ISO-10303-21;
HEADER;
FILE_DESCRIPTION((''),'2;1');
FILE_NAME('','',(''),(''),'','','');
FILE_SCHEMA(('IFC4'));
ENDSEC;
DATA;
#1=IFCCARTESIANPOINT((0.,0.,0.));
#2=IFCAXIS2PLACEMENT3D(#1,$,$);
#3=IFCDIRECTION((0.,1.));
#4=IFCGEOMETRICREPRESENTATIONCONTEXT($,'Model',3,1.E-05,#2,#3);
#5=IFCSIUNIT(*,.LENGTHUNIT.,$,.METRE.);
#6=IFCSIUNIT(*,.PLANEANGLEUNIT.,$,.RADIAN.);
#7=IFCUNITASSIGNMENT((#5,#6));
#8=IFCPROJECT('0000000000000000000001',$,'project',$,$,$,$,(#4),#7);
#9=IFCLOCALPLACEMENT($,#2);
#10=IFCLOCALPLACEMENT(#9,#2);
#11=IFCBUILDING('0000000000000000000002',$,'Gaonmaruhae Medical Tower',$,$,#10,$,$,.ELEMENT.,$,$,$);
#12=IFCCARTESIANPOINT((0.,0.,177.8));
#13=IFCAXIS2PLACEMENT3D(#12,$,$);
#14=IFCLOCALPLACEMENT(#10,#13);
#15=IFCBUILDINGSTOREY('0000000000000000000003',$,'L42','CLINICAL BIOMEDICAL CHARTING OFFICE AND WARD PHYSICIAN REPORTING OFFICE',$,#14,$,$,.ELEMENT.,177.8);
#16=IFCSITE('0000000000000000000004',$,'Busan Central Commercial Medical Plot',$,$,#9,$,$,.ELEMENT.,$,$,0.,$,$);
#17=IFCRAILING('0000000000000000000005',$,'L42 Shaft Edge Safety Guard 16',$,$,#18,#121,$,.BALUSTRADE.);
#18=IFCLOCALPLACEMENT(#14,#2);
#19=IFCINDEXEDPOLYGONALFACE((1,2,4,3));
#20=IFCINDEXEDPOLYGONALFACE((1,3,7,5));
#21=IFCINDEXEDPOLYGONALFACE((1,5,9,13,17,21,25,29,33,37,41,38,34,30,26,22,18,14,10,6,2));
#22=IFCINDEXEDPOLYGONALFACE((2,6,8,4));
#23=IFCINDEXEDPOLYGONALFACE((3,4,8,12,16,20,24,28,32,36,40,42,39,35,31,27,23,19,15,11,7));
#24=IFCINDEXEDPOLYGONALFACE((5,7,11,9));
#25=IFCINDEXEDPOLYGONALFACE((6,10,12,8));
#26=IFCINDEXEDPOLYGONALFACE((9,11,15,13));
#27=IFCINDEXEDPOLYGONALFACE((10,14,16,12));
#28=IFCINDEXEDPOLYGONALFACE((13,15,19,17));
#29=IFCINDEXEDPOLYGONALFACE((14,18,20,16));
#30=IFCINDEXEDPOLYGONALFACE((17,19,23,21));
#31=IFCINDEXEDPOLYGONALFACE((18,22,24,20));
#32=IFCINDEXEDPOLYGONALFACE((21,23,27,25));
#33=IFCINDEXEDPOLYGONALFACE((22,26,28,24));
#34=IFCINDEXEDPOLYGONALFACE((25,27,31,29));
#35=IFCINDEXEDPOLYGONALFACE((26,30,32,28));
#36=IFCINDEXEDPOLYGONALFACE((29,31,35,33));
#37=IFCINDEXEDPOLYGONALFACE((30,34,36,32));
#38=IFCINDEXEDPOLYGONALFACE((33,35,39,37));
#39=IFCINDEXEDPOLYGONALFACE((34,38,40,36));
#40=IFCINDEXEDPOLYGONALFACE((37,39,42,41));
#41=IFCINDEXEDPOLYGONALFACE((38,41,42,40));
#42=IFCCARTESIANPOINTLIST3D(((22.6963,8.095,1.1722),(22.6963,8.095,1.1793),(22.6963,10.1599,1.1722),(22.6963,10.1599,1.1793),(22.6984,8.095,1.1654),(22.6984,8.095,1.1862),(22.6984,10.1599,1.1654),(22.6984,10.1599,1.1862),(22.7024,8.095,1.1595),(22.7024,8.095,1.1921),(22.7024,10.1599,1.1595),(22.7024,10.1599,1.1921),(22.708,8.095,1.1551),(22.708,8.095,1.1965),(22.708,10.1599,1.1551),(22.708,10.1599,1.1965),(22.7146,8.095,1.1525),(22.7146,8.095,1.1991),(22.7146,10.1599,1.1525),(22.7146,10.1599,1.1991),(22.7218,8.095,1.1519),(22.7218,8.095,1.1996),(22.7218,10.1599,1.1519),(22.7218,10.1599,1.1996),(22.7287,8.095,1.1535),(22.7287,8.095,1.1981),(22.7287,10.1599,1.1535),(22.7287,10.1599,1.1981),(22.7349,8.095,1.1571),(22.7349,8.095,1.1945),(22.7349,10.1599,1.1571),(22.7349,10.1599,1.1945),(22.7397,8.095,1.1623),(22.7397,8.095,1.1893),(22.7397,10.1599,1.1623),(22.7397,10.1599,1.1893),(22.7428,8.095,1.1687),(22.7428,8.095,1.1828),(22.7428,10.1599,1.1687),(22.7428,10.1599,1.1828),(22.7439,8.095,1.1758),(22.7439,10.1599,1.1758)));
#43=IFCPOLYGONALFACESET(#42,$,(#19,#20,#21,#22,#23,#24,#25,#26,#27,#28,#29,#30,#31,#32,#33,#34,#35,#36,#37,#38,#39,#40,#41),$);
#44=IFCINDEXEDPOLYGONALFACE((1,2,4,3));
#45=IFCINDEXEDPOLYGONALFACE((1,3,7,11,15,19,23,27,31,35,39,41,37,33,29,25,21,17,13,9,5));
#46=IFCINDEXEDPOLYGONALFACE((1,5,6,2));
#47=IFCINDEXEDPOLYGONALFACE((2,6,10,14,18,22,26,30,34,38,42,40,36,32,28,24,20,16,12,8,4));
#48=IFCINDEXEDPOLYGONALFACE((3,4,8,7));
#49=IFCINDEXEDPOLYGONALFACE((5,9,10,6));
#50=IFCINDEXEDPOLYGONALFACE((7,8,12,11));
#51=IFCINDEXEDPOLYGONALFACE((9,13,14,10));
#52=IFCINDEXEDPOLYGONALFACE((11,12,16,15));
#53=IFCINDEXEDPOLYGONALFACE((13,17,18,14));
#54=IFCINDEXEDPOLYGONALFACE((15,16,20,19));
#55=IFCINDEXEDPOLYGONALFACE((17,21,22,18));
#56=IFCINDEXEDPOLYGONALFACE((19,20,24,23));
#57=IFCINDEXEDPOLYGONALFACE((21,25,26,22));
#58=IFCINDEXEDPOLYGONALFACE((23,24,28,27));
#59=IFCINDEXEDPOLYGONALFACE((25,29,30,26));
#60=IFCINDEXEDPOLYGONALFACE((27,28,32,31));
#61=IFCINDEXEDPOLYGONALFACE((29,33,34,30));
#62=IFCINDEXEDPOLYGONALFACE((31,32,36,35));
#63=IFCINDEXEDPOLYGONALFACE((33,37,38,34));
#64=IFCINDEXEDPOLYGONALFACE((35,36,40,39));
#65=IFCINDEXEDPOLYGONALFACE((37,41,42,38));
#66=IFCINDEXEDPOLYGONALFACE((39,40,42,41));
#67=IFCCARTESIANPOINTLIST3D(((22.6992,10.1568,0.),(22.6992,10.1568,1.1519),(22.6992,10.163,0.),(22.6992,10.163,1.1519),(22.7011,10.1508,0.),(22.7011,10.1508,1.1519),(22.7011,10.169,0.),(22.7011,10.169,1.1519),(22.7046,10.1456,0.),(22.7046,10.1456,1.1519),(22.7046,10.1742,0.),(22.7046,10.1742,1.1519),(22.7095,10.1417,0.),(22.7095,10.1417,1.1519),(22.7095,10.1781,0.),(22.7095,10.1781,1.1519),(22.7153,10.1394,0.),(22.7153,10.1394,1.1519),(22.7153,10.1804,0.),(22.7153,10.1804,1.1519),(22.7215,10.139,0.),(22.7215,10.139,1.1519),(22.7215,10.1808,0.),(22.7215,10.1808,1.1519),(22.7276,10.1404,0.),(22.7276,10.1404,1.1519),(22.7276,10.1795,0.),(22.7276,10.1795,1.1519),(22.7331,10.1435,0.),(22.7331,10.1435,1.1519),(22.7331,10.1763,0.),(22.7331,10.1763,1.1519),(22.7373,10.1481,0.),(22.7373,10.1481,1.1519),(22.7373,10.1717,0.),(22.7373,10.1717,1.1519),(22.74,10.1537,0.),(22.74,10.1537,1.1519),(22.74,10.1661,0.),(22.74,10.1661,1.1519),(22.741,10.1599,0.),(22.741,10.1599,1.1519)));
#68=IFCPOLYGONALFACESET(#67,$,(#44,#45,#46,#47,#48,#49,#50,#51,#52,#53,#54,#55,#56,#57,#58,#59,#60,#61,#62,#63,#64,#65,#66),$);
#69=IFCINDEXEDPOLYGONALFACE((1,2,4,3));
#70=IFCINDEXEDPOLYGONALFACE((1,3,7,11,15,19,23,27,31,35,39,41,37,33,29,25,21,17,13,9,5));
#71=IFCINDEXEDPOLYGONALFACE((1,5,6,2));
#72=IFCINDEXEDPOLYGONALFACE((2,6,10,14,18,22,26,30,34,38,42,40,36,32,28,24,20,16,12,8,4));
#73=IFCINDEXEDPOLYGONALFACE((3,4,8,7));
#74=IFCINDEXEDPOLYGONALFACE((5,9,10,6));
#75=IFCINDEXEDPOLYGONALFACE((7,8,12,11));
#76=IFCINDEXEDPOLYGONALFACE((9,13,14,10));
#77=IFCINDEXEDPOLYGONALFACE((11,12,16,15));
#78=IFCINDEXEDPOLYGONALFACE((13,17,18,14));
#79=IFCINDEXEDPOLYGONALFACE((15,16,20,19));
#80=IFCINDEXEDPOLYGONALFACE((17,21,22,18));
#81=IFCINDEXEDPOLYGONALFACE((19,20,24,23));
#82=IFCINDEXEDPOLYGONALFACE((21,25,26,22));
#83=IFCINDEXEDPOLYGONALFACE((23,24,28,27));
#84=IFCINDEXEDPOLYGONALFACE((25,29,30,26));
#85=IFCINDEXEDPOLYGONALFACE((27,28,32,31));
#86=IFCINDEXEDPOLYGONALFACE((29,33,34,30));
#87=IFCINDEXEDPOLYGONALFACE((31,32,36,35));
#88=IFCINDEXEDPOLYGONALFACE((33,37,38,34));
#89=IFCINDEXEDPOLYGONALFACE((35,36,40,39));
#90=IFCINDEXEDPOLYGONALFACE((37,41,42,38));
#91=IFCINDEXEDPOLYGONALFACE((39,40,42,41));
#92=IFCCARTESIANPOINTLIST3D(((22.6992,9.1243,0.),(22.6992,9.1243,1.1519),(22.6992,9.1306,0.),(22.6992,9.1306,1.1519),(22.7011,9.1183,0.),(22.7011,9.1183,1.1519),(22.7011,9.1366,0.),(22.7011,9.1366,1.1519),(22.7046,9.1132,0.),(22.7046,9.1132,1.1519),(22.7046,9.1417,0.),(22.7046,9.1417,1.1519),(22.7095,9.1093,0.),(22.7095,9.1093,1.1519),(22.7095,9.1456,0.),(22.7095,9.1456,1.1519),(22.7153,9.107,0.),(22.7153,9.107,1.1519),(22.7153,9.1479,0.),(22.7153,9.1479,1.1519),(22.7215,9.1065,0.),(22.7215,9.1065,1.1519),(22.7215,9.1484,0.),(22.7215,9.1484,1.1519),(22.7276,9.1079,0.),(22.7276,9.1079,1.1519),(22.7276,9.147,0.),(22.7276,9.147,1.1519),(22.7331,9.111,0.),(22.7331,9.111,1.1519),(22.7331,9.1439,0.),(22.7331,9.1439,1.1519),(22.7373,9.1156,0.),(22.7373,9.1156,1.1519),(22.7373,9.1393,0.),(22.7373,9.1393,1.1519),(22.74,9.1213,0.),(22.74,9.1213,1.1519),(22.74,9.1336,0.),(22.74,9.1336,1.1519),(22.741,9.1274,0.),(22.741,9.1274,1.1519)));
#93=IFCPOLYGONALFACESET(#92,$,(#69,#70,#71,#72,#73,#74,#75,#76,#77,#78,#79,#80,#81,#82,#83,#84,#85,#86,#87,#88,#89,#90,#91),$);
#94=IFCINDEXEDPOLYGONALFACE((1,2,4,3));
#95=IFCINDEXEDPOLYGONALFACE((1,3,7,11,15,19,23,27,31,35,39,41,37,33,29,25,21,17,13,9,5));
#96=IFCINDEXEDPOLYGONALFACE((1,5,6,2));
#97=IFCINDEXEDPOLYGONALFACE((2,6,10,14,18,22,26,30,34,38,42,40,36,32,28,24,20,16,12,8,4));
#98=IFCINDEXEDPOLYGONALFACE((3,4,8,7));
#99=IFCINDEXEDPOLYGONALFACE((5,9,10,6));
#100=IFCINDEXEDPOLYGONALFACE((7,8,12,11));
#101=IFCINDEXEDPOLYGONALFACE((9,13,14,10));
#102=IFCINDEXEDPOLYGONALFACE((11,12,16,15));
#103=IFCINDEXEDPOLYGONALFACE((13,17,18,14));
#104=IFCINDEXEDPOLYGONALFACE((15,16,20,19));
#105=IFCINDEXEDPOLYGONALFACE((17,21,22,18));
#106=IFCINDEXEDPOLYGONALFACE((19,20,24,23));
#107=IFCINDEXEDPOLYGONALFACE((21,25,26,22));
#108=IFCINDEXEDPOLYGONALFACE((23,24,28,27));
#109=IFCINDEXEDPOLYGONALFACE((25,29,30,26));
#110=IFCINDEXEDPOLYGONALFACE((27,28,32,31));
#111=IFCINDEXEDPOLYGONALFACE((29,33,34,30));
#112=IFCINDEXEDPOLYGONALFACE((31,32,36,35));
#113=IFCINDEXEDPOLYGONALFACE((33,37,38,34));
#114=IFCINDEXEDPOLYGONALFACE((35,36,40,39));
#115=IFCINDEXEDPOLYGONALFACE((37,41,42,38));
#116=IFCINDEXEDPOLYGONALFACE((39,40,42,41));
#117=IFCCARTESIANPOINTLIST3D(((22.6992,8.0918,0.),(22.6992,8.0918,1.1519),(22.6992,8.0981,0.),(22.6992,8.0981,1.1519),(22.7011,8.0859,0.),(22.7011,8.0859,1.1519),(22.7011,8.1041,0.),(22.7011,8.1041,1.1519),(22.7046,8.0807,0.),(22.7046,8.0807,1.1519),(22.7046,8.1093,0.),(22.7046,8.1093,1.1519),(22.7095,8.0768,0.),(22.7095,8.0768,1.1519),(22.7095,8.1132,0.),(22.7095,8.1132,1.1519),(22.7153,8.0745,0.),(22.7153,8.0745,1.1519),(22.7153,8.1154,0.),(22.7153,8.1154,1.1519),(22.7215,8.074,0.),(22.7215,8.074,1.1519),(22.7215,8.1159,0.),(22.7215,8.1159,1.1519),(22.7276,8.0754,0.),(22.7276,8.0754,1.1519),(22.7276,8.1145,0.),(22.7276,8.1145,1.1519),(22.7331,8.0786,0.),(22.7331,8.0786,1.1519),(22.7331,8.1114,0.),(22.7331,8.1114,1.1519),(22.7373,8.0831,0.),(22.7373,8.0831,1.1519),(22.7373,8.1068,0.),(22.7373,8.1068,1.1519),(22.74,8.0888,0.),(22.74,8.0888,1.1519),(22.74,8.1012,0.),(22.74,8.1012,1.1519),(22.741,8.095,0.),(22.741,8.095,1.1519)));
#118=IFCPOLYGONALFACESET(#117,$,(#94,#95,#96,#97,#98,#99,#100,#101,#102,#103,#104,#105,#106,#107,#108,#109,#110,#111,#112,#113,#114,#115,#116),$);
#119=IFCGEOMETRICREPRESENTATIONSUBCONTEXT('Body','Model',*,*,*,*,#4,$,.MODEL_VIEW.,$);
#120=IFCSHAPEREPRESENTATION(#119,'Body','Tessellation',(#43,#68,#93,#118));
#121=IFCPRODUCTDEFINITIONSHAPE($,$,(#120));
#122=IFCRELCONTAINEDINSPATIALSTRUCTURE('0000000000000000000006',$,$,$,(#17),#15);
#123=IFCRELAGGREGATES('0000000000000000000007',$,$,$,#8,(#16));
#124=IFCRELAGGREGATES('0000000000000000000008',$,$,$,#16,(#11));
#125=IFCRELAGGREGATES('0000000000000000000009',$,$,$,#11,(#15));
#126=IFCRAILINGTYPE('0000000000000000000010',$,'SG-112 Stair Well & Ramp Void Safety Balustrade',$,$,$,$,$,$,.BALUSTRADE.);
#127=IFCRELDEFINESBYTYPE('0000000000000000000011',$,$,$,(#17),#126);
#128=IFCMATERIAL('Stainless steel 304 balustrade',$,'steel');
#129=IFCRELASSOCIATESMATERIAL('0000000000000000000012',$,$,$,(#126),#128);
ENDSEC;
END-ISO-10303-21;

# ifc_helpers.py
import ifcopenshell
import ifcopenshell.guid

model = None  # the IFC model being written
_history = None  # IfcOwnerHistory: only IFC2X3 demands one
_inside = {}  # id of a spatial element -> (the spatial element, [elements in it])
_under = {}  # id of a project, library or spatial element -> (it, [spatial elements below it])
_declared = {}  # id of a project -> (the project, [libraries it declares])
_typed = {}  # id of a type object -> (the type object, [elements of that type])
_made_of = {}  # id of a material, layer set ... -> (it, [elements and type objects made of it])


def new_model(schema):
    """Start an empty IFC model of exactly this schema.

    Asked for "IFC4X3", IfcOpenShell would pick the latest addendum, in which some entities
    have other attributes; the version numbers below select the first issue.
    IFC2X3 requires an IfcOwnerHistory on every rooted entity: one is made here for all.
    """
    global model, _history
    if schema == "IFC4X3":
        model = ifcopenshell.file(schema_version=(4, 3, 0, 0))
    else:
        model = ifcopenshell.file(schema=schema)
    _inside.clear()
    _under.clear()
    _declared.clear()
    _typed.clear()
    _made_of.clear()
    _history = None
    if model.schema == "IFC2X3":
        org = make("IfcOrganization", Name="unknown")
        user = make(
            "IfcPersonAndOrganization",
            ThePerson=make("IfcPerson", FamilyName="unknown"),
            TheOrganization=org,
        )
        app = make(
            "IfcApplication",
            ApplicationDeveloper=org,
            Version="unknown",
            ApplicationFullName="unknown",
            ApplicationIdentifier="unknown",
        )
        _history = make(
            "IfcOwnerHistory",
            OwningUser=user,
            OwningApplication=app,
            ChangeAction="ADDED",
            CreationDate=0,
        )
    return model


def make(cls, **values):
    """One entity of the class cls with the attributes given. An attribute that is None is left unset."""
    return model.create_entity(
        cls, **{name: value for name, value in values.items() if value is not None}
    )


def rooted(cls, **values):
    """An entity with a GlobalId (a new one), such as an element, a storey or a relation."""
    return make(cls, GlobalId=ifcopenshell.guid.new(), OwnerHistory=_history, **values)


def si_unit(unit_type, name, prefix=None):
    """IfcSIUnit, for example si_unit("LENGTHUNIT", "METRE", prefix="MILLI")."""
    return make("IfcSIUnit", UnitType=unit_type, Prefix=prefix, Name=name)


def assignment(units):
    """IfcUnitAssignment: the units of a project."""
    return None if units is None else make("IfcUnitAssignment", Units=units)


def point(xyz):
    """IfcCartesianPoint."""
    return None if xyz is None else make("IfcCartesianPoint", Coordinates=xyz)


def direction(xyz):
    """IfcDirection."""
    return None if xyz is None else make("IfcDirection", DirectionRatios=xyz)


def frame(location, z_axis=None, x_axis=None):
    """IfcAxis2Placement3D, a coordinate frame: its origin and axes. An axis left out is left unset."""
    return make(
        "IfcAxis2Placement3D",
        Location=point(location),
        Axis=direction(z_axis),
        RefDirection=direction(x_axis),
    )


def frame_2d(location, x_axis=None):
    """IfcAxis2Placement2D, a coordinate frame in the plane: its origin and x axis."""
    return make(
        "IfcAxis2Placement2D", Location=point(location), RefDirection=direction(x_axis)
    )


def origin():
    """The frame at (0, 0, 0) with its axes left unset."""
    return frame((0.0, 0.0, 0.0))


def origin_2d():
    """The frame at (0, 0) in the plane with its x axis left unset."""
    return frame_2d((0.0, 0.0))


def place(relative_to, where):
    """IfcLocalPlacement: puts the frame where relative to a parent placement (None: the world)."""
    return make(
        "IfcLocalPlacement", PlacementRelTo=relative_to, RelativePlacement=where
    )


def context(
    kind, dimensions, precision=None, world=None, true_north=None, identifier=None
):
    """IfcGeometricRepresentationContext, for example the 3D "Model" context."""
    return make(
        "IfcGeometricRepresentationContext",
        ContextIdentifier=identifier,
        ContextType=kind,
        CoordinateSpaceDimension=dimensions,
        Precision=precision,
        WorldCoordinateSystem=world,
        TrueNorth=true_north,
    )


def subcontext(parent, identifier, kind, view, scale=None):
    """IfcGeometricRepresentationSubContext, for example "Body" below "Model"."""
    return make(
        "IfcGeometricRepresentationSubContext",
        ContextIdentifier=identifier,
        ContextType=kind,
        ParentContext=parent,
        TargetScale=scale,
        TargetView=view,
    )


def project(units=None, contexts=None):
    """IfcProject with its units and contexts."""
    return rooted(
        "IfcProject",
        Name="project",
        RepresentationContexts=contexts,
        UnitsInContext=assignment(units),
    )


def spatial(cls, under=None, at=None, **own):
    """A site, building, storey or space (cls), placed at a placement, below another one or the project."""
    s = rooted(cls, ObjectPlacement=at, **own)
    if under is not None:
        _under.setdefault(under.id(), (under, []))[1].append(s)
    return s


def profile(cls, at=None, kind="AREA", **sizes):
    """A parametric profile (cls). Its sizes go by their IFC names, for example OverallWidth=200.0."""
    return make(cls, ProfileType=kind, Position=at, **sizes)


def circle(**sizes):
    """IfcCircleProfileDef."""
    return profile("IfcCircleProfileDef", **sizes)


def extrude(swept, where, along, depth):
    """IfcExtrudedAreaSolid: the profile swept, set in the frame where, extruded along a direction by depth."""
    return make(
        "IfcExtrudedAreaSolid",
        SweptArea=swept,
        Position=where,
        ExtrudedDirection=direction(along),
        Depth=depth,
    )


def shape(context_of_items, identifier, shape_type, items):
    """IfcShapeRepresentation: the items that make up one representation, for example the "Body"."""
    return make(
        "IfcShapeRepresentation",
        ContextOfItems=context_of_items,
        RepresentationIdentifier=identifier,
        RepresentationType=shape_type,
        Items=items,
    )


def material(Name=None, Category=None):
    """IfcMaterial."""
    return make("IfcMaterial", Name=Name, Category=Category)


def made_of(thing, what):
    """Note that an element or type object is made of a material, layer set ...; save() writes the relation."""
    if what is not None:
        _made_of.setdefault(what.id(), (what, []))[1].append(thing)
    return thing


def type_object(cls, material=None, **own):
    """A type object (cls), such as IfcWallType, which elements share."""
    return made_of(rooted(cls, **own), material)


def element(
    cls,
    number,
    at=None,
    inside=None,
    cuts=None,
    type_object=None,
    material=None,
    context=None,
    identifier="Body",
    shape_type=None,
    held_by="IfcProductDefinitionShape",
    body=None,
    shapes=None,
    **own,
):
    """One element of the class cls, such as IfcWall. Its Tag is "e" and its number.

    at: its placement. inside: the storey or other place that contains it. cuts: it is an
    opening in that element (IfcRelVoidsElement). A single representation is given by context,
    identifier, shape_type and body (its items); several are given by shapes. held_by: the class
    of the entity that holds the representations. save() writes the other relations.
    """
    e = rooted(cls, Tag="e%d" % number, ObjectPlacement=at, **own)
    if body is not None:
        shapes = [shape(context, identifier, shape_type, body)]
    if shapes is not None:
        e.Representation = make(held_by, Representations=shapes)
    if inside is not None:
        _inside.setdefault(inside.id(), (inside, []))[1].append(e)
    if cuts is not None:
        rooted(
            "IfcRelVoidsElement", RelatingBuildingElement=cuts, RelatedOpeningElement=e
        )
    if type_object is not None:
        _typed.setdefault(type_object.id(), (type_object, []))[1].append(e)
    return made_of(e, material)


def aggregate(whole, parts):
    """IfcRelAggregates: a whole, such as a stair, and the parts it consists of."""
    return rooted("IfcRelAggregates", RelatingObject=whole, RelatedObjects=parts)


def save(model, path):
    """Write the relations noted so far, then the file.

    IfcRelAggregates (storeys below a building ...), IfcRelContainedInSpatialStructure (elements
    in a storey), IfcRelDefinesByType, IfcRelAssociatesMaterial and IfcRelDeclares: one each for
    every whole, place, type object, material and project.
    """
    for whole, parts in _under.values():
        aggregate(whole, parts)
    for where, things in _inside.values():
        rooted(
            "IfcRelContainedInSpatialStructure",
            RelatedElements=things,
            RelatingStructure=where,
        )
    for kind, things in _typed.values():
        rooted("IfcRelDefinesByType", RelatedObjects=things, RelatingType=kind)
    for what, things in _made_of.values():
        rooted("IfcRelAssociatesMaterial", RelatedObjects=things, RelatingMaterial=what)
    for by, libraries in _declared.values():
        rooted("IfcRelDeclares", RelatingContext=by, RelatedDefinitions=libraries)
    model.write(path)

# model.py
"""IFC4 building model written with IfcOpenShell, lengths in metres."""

from ifc_helpers import new_model, si_unit, direction, frame, origin, origin_2d, place, context, subcontext, project, spatial, circle, extrude, material, type_object, element, save


model = new_model("IFC4")

# Units and contexts
model_context = context("Model", 3, precision=1e-05, world=origin(), true_north=direction((0.0, 1.0)))
body_context = subcontext(model_context, "Body", "Model", "MODEL_VIEW")
ifc_project = project(units=[si_unit("LENGTHUNIT", "METRE"), si_unit("PLANEANGLEUNIT", "RADIAN")], contexts=[model_context])

# Site, building, storey
site_placement = place(None, origin())
site = spatial("IfcSite", under=ifc_project, at=site_placement, Name="Busan Central Commercial Medical Plot", CompositionType="ELEMENT", RefElevation=0.0)
building_placement = place(site_placement, origin())
building = spatial("IfcBuilding", under=site, at=building_placement, Name="Gaonmaruhae Medical Tower", CompositionType="ELEMENT")
storey_placement = place(building_placement, frame((0.0, 0.0, 177.8)))
storey = spatial("IfcBuildingStorey", under=building, at=storey_placement, Name="L42", Description="CLINICAL BIOMEDICAL CHARTING OFFICE AND WARD PHYSICIAN REPORTING OFFICE", CompositionType="ELEMENT", Elevation=177.8)

# Railing
ifc_material_1 = material(Name="Stainless steel 304 balustrade", Category="steel")
railing_type_1 = type_object("IfcRailingType", Name="SG-112 Stair Well & Ramp Void Safety Balustrade", PredefinedType="BALUSTRADE", material=ifc_material_1)
railing_1_placement = place(storey_placement, frame((22.72, 10.1599, 0.0)))
element("IfcRailing", 1, at=railing_1_placement, inside=storey, type_object=railing_type_1, Name="L42 Shaft Edge Safety Guard 16", PredefinedType="BALUSTRADE", context=body_context, shape_type="SweptSolid", body=[
    extrude(circle(Radius=0.0239, at=origin_2d()), frame((0.0, 0.0, 1.1758), z_axis=(0.0, -1.0, 0.0), x_axis=(1.0, 0.0, 0.0)), (0.0, 0.0, 1.0), 2.0649),
    extrude(circle(Radius=0.021, at=origin_2d()), origin(), (0.0, 0.0, 1.0), 1.1519),
    extrude(circle(Radius=0.021, at=origin_2d()), frame((0.0, -1.0325, 0.0)), (0.0, 0.0, 1.0), 1.1519),
    extrude(circle(Radius=0.021, at=origin_2d()), frame((0.0, -2.0649, 0.0)), (0.0, 0.0, 1.0), 1.1519),
])

save(model, "model.ifc")
